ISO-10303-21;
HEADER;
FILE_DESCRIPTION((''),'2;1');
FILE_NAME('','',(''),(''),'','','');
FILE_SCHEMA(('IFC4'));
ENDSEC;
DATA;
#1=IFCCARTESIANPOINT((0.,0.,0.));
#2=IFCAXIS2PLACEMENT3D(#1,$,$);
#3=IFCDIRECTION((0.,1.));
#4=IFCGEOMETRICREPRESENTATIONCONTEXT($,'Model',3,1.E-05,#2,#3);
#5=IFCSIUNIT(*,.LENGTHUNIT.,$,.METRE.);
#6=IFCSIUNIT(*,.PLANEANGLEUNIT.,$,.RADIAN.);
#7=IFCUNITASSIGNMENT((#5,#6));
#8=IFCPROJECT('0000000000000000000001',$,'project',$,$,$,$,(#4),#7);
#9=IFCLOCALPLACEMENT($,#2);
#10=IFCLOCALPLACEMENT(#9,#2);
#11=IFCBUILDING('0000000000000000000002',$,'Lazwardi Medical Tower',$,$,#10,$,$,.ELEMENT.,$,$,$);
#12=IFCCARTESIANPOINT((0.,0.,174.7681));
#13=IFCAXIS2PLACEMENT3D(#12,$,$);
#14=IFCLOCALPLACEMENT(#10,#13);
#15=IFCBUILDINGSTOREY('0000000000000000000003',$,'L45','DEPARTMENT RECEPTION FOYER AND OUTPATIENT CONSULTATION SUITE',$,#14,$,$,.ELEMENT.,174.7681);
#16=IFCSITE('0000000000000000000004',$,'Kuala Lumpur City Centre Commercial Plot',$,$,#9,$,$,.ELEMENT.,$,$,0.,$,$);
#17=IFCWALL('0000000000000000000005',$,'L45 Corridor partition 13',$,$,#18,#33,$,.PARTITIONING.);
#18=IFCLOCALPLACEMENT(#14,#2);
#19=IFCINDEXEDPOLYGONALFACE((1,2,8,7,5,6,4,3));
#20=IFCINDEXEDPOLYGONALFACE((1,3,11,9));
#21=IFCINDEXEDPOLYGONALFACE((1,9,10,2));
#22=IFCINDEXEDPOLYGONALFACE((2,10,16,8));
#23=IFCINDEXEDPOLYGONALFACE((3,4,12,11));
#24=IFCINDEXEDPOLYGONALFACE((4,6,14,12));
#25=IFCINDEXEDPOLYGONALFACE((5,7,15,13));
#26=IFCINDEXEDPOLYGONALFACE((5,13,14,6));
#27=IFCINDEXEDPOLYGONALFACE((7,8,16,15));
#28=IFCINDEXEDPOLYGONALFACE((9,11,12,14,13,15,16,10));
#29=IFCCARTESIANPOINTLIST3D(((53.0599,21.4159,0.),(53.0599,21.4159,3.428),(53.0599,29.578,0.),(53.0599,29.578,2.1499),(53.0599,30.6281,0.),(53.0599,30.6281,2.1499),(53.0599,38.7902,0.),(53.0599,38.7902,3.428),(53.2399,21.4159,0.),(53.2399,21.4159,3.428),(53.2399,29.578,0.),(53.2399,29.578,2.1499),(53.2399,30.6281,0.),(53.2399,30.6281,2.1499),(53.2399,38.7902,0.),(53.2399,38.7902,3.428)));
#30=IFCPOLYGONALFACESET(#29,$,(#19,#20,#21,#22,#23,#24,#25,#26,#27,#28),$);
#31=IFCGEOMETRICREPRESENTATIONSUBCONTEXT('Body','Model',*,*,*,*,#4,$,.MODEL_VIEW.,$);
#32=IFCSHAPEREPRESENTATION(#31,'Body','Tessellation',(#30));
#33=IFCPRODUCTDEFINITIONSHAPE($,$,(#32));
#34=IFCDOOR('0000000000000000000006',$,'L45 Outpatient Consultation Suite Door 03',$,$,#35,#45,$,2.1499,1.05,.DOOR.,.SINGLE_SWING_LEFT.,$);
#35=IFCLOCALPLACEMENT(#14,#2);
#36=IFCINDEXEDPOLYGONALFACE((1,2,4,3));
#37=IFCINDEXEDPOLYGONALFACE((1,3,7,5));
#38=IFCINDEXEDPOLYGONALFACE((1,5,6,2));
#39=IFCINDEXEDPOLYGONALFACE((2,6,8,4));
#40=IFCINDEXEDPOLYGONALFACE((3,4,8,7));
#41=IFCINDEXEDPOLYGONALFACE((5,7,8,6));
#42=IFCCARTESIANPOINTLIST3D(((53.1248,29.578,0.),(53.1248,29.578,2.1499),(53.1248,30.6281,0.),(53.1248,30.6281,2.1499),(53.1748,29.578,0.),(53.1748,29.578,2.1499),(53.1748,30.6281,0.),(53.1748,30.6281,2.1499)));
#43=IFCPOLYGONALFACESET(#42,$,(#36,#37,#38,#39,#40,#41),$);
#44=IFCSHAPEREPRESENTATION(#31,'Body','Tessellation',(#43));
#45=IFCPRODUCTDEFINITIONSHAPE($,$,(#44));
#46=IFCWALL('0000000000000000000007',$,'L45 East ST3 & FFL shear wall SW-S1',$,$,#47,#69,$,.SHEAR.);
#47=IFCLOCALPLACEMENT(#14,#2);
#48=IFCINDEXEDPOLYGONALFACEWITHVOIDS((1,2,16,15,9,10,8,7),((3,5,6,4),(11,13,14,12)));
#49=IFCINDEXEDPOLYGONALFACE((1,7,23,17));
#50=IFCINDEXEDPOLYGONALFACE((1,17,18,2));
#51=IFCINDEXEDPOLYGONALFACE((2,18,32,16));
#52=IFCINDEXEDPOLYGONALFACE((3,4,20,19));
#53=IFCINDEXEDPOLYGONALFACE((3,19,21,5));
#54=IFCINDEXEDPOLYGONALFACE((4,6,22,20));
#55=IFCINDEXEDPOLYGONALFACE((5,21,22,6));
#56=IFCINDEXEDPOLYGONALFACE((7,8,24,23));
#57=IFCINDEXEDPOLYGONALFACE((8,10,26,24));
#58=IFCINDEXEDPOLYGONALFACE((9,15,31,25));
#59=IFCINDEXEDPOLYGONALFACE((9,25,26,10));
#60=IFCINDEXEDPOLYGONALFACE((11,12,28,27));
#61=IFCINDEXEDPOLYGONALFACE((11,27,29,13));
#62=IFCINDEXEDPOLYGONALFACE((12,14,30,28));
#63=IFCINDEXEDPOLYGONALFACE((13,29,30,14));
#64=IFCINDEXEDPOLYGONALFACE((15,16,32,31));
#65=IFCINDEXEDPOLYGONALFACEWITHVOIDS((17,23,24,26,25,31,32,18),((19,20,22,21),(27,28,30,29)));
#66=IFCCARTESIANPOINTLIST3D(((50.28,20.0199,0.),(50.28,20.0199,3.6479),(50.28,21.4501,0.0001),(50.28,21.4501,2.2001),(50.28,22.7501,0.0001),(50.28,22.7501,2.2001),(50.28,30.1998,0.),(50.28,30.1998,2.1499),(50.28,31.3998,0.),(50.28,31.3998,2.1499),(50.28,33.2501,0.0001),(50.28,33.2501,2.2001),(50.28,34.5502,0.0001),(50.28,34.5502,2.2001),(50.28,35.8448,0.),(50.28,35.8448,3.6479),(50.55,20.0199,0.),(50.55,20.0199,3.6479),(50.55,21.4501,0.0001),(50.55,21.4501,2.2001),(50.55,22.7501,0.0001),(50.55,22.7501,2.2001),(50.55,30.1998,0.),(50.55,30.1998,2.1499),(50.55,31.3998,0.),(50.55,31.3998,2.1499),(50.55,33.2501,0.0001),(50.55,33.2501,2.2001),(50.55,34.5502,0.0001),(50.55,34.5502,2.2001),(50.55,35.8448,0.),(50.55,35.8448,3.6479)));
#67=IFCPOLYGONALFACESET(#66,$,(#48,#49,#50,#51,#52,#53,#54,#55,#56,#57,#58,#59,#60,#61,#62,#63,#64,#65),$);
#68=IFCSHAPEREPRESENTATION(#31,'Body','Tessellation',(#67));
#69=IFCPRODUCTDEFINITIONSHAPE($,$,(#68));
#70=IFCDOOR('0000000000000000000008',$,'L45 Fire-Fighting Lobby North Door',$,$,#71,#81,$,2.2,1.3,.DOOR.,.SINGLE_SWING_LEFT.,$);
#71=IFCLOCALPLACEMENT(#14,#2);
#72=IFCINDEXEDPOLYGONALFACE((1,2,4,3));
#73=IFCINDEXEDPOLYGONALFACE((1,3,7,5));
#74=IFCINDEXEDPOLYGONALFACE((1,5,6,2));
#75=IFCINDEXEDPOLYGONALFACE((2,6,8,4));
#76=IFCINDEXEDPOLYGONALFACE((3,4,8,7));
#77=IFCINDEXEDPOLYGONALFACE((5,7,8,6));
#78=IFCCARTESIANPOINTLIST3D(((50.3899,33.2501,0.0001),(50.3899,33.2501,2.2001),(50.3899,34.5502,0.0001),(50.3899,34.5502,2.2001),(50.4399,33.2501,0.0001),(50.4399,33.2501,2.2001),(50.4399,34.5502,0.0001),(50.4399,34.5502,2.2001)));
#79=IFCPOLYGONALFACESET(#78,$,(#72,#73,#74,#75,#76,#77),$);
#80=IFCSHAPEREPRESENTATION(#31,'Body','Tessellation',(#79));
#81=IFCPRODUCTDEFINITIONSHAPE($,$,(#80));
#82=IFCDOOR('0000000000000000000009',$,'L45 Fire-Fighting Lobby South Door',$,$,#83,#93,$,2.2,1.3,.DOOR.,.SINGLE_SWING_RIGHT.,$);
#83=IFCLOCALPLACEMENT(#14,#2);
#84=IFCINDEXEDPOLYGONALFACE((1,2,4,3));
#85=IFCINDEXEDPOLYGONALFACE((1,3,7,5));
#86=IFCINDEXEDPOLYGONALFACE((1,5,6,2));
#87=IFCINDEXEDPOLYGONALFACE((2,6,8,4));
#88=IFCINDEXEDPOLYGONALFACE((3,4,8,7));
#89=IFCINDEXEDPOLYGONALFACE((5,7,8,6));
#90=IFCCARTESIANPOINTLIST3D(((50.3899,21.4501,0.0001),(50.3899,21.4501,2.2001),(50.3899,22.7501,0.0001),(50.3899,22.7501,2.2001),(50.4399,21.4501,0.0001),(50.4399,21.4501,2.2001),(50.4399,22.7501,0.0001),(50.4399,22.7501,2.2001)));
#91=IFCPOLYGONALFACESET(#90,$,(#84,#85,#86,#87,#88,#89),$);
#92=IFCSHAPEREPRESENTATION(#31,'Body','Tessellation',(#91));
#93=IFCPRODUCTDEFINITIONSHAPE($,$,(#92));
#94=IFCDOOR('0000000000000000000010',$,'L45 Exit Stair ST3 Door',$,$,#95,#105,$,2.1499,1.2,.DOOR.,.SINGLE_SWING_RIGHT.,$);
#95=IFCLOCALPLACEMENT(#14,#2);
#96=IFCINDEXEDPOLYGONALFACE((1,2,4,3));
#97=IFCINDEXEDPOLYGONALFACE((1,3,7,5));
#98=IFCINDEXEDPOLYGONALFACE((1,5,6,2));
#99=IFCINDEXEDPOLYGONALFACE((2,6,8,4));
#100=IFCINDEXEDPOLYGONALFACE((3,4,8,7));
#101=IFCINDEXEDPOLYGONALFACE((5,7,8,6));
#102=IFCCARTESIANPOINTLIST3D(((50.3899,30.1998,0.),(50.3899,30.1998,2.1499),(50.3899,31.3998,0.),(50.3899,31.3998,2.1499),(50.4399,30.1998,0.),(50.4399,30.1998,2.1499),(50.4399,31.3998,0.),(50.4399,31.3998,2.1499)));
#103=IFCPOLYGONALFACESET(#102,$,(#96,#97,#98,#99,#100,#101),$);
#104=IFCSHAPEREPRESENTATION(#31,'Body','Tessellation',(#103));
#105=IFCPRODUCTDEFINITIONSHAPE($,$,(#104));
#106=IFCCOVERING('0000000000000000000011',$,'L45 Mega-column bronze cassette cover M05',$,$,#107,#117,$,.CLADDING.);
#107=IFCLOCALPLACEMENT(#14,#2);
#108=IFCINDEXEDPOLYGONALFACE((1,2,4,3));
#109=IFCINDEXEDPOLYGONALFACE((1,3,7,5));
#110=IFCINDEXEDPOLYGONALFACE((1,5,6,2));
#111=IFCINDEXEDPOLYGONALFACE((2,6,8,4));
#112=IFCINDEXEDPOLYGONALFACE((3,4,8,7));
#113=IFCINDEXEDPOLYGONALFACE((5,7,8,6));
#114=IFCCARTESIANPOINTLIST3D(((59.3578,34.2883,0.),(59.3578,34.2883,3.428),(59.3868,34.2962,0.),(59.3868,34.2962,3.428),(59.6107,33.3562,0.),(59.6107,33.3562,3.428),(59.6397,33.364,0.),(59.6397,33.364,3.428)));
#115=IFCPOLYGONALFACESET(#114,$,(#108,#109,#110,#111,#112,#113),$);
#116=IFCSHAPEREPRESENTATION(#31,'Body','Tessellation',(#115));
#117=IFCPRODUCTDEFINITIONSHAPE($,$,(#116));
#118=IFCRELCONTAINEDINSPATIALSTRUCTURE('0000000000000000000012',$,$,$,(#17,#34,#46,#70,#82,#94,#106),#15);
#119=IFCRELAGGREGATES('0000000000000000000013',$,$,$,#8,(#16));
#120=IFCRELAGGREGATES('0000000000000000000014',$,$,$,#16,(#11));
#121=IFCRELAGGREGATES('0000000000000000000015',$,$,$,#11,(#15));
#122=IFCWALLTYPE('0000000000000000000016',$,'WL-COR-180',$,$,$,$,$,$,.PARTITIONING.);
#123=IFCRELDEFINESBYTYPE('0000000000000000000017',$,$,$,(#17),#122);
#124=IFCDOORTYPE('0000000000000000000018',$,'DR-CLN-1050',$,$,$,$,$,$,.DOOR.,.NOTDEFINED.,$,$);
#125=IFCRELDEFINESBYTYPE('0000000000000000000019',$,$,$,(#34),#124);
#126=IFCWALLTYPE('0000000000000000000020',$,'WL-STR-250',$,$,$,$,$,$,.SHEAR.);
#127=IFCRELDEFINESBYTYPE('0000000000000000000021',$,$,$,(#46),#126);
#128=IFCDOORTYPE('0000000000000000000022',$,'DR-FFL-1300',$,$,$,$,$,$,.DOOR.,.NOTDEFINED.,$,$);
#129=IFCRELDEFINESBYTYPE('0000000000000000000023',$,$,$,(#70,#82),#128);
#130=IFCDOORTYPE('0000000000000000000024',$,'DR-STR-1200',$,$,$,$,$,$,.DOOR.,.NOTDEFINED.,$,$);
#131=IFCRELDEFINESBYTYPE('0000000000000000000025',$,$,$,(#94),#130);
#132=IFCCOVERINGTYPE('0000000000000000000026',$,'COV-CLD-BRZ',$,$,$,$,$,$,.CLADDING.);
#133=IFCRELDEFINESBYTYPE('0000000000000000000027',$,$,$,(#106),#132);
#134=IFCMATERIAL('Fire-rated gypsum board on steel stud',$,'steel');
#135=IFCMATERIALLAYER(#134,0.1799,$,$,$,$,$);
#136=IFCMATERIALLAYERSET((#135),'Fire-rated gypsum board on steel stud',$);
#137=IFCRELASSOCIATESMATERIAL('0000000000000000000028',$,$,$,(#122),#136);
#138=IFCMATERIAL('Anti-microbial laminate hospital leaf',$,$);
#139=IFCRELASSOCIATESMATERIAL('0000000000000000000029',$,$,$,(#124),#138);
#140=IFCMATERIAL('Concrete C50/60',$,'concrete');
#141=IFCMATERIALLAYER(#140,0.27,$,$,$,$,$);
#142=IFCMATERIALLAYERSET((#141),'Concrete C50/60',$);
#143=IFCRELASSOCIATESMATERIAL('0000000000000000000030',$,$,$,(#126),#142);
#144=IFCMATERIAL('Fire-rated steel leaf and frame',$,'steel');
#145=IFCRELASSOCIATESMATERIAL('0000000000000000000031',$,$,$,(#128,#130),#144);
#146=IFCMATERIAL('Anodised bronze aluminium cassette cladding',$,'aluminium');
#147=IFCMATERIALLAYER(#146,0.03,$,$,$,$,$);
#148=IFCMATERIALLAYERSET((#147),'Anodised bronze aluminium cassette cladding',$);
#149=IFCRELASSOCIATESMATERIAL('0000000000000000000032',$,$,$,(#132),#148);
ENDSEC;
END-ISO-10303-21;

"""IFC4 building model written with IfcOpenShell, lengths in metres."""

from ifc_helpers import new_model, si_unit, direction, frame, frame_2d, origin, origin_2d, place, context, subcontext, project, spatial, rectangle, extrude, material, layer, layer_set, type_object, element, fill, save


model = new_model("IFC4")

# Units and contexts
model_context = context("Model", 3, precision=1e-05, world=origin(), true_north=direction((0.0, 1.0)))
body_context = subcontext(model_context, "Body", "Model", "MODEL_VIEW")
ifc_project = project(units=[si_unit("LENGTHUNIT", "METRE"), si_unit("PLANEANGLEUNIT", "RADIAN")], contexts=[model_context])

# Site, building, storey
site_placement = place(None, origin())
site = spatial("IfcSite", under=ifc_project, at=site_placement, Name="Kuala Lumpur City Centre Commercial Plot", CompositionType="ELEMENT", RefElevation=0.0)
building_placement = place(site_placement, origin())
building = spatial("IfcBuilding", under=site, at=building_placement, Name="Lazwardi Medical Tower", CompositionType="ELEMENT")
storey_placement = place(building_placement, frame((0.0, 0.0, 174.7681)))
storey = spatial("IfcBuildingStorey", under=building, at=storey_placement, Name="L45", Description="DEPARTMENT RECEPTION FOYER AND OUTPATIENT CONSULTATION SUITE", CompositionType="ELEMENT", Elevation=174.7681)

# Wall, opening, door
ifc_material_1 = material(Name="Fire-rated gypsum board on steel stud", Category="steel")
ifc_layer_1 = layer(ifc_material_1, 0.1799)
ifc_layer_set_1 = layer_set([ifc_layer_1], Name="Fire-rated gypsum board on steel stud")
wall_type_1 = type_object("IfcWallType", Name="WL-COR-180", PredefinedType="PARTITIONING", material=ifc_layer_set_1)
wall_1_placement = place(storey_placement, frame((53.1499, 38.79, 0.0), z_axis=(0.0, 0.0, 1.0), x_axis=(0.0, -1.0, 0.0)))
wall_1 = element("IfcWall", 1, at=wall_1_placement, inside=storey, type_object=wall_type_1, Name="L45 Corridor partition 13", PredefinedType="PARTITIONING", context=body_context, shape_type="SweptSolid", body=[
    extrude(rectangle(XDim=17.3743, YDim=0.1799, at=frame_2d((8.687, 0.0))), origin(), (0.0, 0.0, 1.0), 3.428),
])
opening_1_placement = place(wall_1_placement, frame((8.1621, 0.0, 0.0)))
opening_1 = element("IfcOpeningElement", 2, at=opening_1_placement, cuts=wall_1, PredefinedType="OPENING", context=body_context, shape_type="SweptSolid", body=[
    extrude(rectangle(XDim=1.05, YDim=2.1499, at=frame_2d((0.5249, 1.075))), frame((0.0, 0.0999, 0.0), z_axis=(0.0, -1.0, 0.0), x_axis=(1.0, 0.0, 0.0)), (0.0, 0.0, 1.0), 0.2),
])
ifc_material_2 = material(Name="Anti-microbial laminate hospital leaf")
door_type_1 = type_object("IfcDoorType", Name="DR-CLN-1050", OperationType="NOTDEFINED", PredefinedType="DOOR", material=ifc_material_2)
door_1_placement = place(opening_1_placement, origin())
door_1 = element("IfcDoor", 3, at=door_1_placement, inside=storey, type_object=door_type_1, Name="L45 Outpatient Consultation Suite Door 03", OperationType="SINGLE_SWING_LEFT", OverallHeight=2.1499, OverallWidth=1.05, PredefinedType="DOOR", context=body_context, shape_type="SweptSolid", body=[
    extrude(rectangle(XDim=1.05, YDim=2.1499, at=frame_2d((0.5249, 1.075))), frame((0.0, 0.0249, 0.0), z_axis=(0.0, -1.0, 0.0), x_axis=(1.0, 0.0, 0.0)), (0.0, 0.0, 1.0), 0.05),
])
fill(opening_1, door_1)

# Wall, openings, doors
ifc_material_3 = material(Name="Concrete C50/60", Category="concrete")
ifc_layer_2 = layer(ifc_material_3, 0.27)
ifc_layer_set_2 = layer_set([ifc_layer_2], Name="Concrete C50/60")
wall_type_2 = type_object("IfcWallType", Name="WL-STR-250", PredefinedType="SHEAR", material=ifc_layer_set_2)
wall_2_placement = place(storey_placement, frame((50.415, 35.845, 0.0), z_axis=(0.0, 0.0, 1.0), x_axis=(0.0, -1.0, 0.0)))
wall_2 = element("IfcWall", 4, at=wall_2_placement, inside=storey, type_object=wall_type_2, Name="L45 East ST3 & FFL shear wall SW-S1", PredefinedType="SHEAR", context=body_context, shape_type="SweptSolid", body=[
    extrude(rectangle(XDim=15.825, YDim=0.27, at=frame_2d((7.9126, 0.0))), origin(), (0.0, 0.0, 1.0), 3.6479),
])
opening_2_placement = place(wall_2_placement, frame((4.4451, 0.0, 0.0)))
opening_2 = element("IfcOpeningElement", 5, at=opening_2_placement, cuts=wall_2, PredefinedType="OPENING", context=body_context, shape_type="SweptSolid", body=[
    extrude(rectangle(XDim=1.2, YDim=2.1499, at=frame_2d((0.6001, 1.075))), frame((0.0, 0.145, 0.0), z_axis=(0.0, -1.0, 0.0), x_axis=(1.0, 0.0, 0.0)), (0.0, 0.0, 1.0), 0.29),
])
opening_3_placement = place(wall_2_placement, frame((1.2949, 0.0, 0.0)))
opening_3 = element("IfcOpeningElement", 6, at=opening_3_placement, cuts=wall_2, PredefinedType="OPENING", context=body_context, shape_type="SweptSolid", body=[
    extrude(rectangle(XDim=1.3, YDim=2.2, at=frame_2d((0.6499, 1.1001))), frame((0.0, 0.145, 0.0), z_axis=(0.0, -1.0, 0.0), x_axis=(1.0, 0.0, 0.0)), (0.0, 0.0, 1.0), 0.29),
])
opening_4_placement = place(wall_2_placement, frame((13.095, 0.0, 0.0)))
opening_4 = element("IfcOpeningElement", 7, at=opening_4_placement, cuts=wall_2, PredefinedType="OPENING", context=body_context, shape_type="SweptSolid", body=[
    extrude(rectangle(XDim=1.3, YDim=2.2, at=frame_2d((0.6499, 1.1001))), frame((0.0, 0.145, 0.0), z_axis=(0.0, -1.0, 0.0), x_axis=(1.0, 0.0, 0.0)), (0.0, 0.0, 1.0), 0.29),
])
ifc_material_4 = material(Name="Fire-rated steel leaf and frame", Category="steel")
door_type_2 = type_object("IfcDoorType", Name="DR-FFL-1300", OperationType="NOTDEFINED", PredefinedType="DOOR", material=ifc_material_4)
door_2_placement = place(opening_3_placement, origin())
door_2 = element("IfcDoor", 8, at=door_2_placement, inside=storey, type_object=door_type_2, Name="L45 Fire-Fighting Lobby North Door", OperationType="SINGLE_SWING_LEFT", OverallHeight=2.2, OverallWidth=1.3, PredefinedType="DOOR", context=body_context, shape_type="SweptSolid", body=[
    extrude(rectangle(XDim=1.3, YDim=2.2, at=frame_2d((0.6499, 1.1001))), frame((0.0, 0.0249, 0.0), z_axis=(0.0, -1.0, 0.0), x_axis=(1.0, 0.0, 0.0)), (0.0, 0.0, 1.0), 0.05),
])
fill(opening_3, door_2)
door_3_placement = place(opening_4_placement, origin())
door_3 = element("IfcDoor", 9, at=door_3_placement, inside=storey, type_object=door_type_2, Name="L45 Fire-Fighting Lobby South Door", OperationType="SINGLE_SWING_RIGHT", OverallHeight=2.2, OverallWidth=1.3, PredefinedType="DOOR", context=body_context, shape_type="SweptSolid", body=[
    extrude(rectangle(XDim=1.3, YDim=2.2, at=frame_2d((0.6499, 1.1001))), frame((0.0, 0.0249, 0.0), z_axis=(0.0, -1.0, 0.0), x_axis=(1.0, 0.0, 0.0)), (0.0, 0.0, 1.0), 0.05),
])
fill(opening_4, door_3)
door_type_3 = type_object("IfcDoorType", Name="DR-STR-1200", OperationType="NOTDEFINED", PredefinedType="DOOR", material=ifc_material_4)
door_4_placement = place(opening_2_placement, origin())
door_4 = element("IfcDoor", 10, at=door_4_placement, inside=storey, type_object=door_type_3, Name="L45 Exit Stair ST3 Door", OperationType="SINGLE_SWING_RIGHT", OverallHeight=2.1499, OverallWidth=1.2, PredefinedType="DOOR", context=body_context, shape_type="SweptSolid", body=[
    extrude(rectangle(XDim=1.2, YDim=2.1499, at=frame_2d((0.6001, 1.075))), frame((0.0, 0.0249, 0.0), z_axis=(0.0, -1.0, 0.0), x_axis=(1.0, 0.0, 0.0)), (0.0, 0.0, 1.0), 0.05),
])
fill(opening_2, door_4)

# Covering
ifc_material_5 = material(Name="Anodised bronze aluminium cassette cladding", Category="aluminium")
ifc_layer_3 = layer(ifc_material_5, 0.03)
ifc_layer_set_3 = layer_set([ifc_layer_3], Name="Anodised bronze aluminium cassette cladding")
covering_type = type_object("IfcCoveringType", Name="COV-CLD-BRZ", PredefinedType="CLADDING", material=ifc_layer_set_3)
covering_placement = place(storey_placement, frame((59.4988, 33.8262, 0.0), z_axis=(0.0, 0.0, 1.0), x_axis=(-0.261829, 0.965114, 0.0)))
element("IfcCovering", 11, at=covering_placement, inside=storey, type_object=covering_type, Name="L45 Mega-column bronze cassette cover M05", PredefinedType="CLADDING", context=body_context, shape_type="SweptSolid", body=[
    extrude(rectangle(XDim=0.9658, YDim=0.03, at=origin_2d()), origin(), (0.0, 0.0, 1.0), 3.428),
])

save(model, "model.ifc")
